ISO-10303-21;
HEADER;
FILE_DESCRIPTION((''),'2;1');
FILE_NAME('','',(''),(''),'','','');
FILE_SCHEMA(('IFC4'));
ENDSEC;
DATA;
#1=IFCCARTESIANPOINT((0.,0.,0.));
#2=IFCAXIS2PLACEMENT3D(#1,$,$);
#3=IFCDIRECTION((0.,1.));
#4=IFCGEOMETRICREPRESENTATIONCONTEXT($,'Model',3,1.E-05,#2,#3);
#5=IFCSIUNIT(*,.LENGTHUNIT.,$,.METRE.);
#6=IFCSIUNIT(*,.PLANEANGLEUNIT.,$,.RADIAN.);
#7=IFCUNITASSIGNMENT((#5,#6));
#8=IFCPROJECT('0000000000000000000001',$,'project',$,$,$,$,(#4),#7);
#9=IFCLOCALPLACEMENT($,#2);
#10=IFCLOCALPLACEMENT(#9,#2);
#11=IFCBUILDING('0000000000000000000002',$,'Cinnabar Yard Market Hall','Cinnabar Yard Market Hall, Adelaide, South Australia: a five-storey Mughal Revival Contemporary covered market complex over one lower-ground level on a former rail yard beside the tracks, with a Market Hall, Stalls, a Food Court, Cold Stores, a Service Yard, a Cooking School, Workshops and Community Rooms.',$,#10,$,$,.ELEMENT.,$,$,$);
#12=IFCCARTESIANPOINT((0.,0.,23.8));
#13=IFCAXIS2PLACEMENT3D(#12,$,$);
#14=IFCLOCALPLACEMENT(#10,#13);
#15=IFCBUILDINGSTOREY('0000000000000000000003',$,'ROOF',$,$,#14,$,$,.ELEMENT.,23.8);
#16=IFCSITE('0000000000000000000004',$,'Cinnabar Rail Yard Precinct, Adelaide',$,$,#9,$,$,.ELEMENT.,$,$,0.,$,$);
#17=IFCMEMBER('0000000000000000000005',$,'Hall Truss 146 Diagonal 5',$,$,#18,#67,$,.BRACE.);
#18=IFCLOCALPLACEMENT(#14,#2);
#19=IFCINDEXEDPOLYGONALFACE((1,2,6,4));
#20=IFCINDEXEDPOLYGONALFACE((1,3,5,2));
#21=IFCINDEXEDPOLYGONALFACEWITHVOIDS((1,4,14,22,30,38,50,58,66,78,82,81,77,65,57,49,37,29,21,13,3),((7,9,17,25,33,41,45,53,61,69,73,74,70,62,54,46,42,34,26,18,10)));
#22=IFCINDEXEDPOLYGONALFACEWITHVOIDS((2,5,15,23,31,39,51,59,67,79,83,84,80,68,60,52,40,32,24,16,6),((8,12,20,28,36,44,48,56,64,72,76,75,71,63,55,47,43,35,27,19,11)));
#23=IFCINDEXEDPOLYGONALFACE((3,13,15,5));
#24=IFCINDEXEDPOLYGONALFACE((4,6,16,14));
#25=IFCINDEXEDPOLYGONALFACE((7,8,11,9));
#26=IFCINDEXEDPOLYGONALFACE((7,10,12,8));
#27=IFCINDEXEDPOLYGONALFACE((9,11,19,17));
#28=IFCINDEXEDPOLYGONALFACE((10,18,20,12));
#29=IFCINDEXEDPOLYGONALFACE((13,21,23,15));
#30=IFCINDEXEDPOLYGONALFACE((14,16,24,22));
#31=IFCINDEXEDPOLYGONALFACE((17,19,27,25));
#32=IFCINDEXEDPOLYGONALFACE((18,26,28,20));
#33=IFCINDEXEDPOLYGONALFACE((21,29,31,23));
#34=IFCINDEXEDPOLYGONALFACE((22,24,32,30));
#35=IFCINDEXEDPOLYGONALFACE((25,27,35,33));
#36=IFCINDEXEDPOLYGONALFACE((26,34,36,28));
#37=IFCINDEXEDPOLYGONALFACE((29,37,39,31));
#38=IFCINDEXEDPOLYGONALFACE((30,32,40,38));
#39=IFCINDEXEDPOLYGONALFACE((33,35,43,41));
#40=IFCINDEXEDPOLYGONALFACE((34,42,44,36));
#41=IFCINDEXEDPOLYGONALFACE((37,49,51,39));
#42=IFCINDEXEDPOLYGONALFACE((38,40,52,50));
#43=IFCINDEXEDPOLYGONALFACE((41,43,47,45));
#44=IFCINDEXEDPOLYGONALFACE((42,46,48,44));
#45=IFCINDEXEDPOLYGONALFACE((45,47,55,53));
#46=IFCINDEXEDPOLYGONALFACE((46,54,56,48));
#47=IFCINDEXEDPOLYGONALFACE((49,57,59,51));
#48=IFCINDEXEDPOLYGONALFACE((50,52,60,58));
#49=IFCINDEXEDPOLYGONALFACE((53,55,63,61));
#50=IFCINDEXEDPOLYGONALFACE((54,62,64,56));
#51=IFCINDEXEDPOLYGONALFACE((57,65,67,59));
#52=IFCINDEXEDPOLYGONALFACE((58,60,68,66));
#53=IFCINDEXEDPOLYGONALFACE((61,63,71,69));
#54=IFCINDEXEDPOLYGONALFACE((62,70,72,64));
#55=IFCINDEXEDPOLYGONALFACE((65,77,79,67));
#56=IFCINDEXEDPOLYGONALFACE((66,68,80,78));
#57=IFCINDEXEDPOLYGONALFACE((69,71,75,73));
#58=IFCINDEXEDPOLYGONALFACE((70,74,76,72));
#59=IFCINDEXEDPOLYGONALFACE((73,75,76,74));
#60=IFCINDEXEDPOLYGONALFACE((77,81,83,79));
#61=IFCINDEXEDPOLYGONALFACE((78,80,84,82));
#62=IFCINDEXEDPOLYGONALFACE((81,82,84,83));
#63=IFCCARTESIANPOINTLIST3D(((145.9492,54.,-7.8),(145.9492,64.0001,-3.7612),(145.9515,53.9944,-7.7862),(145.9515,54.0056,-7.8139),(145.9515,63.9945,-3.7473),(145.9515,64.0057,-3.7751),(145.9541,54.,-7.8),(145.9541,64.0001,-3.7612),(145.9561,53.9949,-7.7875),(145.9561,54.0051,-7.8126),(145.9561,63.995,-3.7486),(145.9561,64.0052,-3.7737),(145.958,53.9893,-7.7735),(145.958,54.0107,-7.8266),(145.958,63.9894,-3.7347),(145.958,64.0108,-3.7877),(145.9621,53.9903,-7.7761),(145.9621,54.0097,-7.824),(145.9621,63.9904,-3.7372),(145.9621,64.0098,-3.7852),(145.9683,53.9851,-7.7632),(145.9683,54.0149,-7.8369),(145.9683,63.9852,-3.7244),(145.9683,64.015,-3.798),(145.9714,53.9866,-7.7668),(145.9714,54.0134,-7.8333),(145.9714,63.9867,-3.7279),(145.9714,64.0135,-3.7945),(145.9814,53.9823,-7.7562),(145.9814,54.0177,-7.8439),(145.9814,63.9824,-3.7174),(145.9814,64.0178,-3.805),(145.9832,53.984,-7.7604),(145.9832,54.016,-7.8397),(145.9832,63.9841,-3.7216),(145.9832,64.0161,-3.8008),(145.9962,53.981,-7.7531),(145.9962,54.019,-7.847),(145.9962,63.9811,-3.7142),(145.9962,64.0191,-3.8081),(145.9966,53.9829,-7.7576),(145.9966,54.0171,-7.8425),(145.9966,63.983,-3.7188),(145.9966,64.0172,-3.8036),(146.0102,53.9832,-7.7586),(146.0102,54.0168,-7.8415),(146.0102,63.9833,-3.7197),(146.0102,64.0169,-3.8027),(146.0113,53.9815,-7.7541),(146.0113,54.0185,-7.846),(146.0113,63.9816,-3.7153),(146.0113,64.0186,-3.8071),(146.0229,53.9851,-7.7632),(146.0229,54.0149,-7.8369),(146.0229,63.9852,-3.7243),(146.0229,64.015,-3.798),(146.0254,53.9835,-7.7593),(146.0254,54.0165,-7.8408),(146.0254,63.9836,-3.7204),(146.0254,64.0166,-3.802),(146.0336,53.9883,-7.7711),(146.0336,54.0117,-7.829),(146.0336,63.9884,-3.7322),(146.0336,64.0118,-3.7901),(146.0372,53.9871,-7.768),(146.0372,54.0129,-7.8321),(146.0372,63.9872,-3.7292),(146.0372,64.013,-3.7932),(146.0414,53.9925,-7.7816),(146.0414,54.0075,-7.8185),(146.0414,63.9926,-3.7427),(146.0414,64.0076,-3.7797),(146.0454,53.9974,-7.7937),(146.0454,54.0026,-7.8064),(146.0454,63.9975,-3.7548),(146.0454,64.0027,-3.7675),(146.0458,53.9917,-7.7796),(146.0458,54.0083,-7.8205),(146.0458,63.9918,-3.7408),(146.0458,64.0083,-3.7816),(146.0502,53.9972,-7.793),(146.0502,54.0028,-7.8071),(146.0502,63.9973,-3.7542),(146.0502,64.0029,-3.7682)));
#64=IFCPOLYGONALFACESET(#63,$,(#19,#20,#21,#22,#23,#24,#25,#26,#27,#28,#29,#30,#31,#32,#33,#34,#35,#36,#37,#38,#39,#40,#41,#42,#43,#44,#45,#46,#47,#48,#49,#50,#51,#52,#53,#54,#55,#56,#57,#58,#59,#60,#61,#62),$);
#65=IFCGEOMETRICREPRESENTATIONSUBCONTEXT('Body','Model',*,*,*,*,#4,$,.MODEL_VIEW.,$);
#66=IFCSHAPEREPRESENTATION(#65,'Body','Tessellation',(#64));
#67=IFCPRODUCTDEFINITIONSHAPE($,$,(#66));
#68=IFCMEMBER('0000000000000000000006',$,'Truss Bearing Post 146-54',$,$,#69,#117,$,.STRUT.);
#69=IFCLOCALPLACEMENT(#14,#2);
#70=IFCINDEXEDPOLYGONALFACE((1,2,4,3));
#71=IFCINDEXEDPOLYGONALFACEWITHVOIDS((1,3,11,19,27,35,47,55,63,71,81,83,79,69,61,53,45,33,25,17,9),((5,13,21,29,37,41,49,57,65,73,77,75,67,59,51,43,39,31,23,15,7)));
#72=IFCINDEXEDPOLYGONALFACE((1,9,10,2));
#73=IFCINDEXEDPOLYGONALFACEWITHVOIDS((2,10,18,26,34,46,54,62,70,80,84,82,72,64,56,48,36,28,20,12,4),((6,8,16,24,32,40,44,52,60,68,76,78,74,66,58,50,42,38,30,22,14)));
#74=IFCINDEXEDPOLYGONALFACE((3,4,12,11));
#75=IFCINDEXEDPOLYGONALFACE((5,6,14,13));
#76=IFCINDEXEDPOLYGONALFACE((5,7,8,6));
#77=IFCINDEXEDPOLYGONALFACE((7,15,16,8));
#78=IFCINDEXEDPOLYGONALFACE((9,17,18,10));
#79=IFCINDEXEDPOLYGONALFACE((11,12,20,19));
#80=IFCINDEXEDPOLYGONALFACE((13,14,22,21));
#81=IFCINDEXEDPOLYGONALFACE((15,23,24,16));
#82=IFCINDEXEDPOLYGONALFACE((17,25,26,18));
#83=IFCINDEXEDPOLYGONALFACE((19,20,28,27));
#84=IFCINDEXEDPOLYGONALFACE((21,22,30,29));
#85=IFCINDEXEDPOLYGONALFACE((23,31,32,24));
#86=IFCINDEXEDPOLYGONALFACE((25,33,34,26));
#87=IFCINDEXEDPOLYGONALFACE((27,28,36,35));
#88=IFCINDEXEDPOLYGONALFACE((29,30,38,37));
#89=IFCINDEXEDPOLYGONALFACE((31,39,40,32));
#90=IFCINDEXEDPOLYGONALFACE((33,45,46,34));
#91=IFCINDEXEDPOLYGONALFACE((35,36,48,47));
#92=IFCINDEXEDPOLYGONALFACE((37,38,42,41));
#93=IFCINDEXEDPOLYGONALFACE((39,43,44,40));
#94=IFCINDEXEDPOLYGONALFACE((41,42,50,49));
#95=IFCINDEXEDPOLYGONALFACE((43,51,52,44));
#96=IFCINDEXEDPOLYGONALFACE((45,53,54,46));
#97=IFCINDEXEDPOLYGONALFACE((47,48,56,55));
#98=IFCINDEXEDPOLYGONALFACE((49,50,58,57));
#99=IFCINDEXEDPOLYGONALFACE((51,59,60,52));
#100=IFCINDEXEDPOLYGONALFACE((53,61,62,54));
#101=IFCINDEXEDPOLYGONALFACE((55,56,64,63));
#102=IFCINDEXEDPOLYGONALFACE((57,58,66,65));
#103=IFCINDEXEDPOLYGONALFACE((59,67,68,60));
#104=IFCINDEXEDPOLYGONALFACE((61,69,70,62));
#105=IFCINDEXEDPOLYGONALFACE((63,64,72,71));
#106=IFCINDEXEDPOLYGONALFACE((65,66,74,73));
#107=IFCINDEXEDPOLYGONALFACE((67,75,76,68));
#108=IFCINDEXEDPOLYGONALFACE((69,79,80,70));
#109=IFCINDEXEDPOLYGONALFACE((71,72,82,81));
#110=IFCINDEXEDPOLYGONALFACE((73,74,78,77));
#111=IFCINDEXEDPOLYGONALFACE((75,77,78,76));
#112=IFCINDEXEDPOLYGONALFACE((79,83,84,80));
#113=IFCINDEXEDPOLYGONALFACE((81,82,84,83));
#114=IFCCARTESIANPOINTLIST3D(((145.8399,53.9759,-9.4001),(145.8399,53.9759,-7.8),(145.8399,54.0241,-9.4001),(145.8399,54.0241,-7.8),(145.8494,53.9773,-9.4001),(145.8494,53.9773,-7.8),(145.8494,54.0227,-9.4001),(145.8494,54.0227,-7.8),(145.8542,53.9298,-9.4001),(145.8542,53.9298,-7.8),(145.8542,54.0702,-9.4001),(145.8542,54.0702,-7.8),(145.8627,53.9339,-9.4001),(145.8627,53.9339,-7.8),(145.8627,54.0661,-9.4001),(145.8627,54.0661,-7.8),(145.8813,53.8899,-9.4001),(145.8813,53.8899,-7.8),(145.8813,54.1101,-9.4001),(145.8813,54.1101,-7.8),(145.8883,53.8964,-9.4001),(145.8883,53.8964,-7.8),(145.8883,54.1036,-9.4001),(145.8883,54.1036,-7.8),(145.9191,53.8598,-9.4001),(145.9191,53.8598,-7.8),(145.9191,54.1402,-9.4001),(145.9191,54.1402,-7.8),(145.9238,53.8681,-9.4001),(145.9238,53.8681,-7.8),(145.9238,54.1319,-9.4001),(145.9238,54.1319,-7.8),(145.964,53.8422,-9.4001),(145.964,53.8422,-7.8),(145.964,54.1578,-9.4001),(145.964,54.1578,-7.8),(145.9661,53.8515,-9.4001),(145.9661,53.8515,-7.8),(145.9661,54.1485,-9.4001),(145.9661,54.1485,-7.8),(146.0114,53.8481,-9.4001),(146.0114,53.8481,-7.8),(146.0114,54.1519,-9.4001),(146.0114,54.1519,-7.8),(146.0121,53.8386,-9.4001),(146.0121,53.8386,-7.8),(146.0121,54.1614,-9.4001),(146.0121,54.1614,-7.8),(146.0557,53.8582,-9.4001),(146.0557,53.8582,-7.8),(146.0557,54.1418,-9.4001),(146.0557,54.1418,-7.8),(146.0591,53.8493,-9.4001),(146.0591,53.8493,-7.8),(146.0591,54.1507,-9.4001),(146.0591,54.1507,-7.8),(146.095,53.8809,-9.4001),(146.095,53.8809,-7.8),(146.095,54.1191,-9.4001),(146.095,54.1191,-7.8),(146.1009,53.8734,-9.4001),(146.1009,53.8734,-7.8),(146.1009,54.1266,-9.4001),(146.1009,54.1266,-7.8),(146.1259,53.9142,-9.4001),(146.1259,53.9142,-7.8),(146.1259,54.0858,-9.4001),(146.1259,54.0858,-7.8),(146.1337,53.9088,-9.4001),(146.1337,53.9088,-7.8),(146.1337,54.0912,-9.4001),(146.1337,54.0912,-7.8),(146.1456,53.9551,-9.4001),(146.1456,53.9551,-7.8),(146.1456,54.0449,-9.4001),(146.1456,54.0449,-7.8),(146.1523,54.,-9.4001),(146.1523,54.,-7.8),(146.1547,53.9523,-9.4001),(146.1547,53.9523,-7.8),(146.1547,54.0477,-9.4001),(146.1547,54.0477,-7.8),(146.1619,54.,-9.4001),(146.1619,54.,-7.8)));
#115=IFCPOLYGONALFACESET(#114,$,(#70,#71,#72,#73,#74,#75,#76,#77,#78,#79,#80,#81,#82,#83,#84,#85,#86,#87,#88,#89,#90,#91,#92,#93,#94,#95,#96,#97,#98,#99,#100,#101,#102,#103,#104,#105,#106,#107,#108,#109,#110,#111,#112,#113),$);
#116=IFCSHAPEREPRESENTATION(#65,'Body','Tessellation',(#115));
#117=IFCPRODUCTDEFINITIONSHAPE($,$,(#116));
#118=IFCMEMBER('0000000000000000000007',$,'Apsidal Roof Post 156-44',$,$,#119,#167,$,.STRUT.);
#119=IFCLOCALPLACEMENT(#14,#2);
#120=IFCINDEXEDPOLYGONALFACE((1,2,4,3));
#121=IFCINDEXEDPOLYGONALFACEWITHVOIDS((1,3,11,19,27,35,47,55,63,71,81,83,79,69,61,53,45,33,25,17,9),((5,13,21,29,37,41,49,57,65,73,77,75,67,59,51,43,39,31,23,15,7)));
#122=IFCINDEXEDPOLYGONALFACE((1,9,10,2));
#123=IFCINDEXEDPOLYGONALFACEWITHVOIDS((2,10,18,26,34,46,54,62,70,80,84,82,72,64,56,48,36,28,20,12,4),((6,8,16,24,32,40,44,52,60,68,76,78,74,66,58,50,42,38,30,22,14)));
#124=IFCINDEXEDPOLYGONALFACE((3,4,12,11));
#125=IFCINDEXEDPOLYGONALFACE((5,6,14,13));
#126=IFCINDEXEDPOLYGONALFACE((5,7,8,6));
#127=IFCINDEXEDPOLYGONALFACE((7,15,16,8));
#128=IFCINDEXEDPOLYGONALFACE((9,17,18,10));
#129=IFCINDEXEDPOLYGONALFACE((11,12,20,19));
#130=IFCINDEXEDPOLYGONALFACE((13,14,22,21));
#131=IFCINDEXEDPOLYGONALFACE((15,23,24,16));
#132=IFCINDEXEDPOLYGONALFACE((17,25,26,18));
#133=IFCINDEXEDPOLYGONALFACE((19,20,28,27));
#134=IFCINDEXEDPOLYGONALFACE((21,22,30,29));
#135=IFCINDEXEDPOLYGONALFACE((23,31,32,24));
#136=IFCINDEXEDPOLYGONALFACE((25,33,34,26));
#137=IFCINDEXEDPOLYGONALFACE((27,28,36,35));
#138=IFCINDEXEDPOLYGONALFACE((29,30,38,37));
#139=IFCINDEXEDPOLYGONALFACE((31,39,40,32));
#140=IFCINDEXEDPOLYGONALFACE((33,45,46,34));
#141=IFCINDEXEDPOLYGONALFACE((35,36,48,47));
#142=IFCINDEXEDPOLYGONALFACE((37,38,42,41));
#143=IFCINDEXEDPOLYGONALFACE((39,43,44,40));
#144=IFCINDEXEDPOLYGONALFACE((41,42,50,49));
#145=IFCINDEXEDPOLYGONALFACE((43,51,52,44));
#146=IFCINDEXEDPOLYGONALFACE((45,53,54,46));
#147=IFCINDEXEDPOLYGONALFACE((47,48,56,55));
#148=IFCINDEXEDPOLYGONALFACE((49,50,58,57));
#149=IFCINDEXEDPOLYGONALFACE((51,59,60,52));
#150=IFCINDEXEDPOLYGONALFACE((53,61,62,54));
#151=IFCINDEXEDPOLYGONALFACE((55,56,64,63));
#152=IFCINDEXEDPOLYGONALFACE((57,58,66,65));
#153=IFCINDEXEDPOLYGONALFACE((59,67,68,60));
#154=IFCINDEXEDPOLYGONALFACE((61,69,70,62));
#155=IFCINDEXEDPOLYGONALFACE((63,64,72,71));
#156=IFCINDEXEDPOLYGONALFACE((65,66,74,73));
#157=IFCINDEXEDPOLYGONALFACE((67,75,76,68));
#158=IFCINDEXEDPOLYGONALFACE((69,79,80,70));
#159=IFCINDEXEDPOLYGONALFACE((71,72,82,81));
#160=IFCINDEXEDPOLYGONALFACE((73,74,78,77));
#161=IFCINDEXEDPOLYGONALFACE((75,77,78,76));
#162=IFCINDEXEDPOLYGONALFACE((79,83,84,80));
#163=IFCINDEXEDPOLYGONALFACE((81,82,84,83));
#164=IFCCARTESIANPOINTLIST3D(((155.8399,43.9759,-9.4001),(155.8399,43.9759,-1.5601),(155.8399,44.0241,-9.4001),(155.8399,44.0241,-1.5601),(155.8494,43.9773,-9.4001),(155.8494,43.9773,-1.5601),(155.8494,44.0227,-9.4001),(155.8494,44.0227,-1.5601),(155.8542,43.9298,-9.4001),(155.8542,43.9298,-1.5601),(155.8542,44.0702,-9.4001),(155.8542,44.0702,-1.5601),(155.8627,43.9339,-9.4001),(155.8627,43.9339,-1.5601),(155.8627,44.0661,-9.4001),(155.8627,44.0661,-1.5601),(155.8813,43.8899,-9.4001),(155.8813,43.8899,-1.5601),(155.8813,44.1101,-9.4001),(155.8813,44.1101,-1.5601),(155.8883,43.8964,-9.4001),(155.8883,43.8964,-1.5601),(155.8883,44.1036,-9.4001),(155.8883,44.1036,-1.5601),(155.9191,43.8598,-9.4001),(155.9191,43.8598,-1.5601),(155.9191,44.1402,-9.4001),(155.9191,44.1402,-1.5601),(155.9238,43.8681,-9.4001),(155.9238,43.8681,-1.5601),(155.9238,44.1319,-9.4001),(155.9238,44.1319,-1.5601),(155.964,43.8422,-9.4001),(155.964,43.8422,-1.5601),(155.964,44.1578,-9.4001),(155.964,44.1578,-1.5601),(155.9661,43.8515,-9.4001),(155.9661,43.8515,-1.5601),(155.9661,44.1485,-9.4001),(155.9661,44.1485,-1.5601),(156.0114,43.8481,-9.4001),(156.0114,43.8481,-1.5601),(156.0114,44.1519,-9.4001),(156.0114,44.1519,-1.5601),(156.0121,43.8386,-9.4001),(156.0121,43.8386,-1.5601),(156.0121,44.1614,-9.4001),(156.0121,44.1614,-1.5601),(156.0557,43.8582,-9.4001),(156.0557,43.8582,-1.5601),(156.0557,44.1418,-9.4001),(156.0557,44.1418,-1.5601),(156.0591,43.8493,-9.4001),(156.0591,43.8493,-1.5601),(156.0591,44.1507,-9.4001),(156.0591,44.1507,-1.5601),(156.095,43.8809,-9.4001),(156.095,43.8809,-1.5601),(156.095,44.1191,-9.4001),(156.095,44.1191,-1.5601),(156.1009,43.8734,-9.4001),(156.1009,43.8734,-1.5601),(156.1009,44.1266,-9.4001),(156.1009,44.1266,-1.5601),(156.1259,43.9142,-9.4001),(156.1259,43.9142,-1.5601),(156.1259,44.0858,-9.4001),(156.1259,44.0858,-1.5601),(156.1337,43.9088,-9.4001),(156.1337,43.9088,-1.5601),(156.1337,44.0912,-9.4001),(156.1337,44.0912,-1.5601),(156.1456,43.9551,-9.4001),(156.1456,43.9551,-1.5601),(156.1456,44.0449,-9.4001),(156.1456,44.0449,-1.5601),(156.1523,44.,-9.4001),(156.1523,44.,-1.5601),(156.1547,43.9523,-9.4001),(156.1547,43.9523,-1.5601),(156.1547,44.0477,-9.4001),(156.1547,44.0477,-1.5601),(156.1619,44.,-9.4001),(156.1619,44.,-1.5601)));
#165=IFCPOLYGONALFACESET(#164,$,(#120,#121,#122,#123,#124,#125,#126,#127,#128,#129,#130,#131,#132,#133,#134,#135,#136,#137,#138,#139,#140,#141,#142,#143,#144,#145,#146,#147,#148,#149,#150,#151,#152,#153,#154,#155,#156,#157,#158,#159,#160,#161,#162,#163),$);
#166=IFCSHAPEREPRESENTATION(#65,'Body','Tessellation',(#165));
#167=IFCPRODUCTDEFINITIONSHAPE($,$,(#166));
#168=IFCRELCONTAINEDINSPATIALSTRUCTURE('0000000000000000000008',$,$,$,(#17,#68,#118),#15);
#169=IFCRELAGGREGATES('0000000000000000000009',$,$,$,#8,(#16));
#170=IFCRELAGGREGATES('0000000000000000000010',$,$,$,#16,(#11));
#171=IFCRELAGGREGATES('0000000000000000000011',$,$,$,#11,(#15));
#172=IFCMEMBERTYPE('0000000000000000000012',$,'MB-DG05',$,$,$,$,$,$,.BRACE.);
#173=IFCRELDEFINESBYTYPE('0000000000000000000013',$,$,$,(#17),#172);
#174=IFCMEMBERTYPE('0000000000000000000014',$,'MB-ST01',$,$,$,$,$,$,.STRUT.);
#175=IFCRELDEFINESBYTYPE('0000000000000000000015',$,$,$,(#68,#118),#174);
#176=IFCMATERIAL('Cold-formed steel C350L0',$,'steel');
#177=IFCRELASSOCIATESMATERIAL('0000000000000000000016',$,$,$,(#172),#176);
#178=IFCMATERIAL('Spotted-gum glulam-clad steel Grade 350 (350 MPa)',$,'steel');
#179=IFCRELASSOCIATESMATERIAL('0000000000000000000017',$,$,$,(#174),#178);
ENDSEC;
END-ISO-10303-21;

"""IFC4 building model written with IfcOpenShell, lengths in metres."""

from ifc_helpers import new_model, si_unit, direction, frame, origin, origin_2d_with_axis, place, context, subcontext, project, spatial, hollow_circle, extrude, material, material_profile, profile_set, type_object, element, save


model = new_model("IFC4")

# Units and contexts
model_context = context("Model", 3, precision=1e-05, world=origin(), true_north=direction((0.0, 1.0)))
body_context = subcontext(model_context, "Body", "Model", "MODEL_VIEW")
ifc_project = project(units=[si_unit("LENGTHUNIT", "METRE"), si_unit("PLANEANGLEUNIT", "RADIAN")], contexts=[model_context])

# Site, building, storey
site_placement = place(None, origin())
site = spatial("IfcSite", under=ifc_project, at=site_placement, Name="Cinnabar Rail Yard Precinct, Adelaide", CompositionType="ELEMENT", RefElevation=0.0)
building_placement = place(site_placement, origin())
building = spatial("IfcBuilding", under=site, at=building_placement, Name="Cinnabar Yard Market Hall", Description="Cinnabar Yard Market Hall, Adelaide, South Australia: a five-storey Mughal Revival Contemporary covered market complex over one lower-ground level on a former rail yard beside the tracks, with a Market Hall, Stalls, a Food Court, Cold Stores, a Service Yard, a Cooking School, Workshops and Community Rooms.", CompositionType="ELEMENT")
storey_placement = place(building_placement, frame((0.0, 0.0, 23.8)))
storey = spatial("IfcBuildingStorey", under=building, at=storey_placement, Name="ROOF", CompositionType="ELEMENT", Elevation=23.8)

# Shared definitions
ifc_material_1 = material(Name="Cold-formed steel C350L0", Category="steel")

# Members
ifc_material_profile_1 = material_profile(ifc_material_1, hollow_circle(Radius=0.0508, WallThickness=0.0049, at=origin_2d_with_axis()), Name="101.6x5.0CHS")
ifc_profile_set_1 = profile_set([ifc_material_profile_1], Name="Cold-formed steel C350L0")
member_type_1 = type_object("IfcMemberType", Name="MB-DG05", PredefinedType="BRACE", material=ifc_profile_set_1)
member_1_placement = place(storey_placement, frame((146.0, 54.0, -7.8), z_axis=(0.0, 0.92723, 0.374491), x_axis=(-1.0, 0.0, 0.0)))
element("IfcMember", 1, at=member_1_placement, inside=storey, type_object=member_type_1, Name="Hall Truss 146 Diagonal 5", PredefinedType="BRACE", context=body_context, shape_type="SweptSolid", body=[
    extrude(hollow_circle(Radius=0.0508, WallThickness=0.0049, at=origin_2d_with_axis()), origin(), (0.0, 0.0, 1.0), 10.7849),
])
ifc_material_2 = material(Name="Spotted-gum glulam-clad steel Grade 350 (350 MPa)", Category="steel")
ifc_material_profile_2 = material_profile(ifc_material_2, hollow_circle(Radius=0.1619, WallThickness=0.0095, at=origin_2d_with_axis()), Name="323.9x9.5CHS")
ifc_profile_set_2 = profile_set([ifc_material_profile_2], Name="Spotted-gum glulam-clad steel Grade 350 (350 MPa)")
member_type_2 = type_object("IfcMemberType", Name="MB-ST01", PredefinedType="STRUT", material=ifc_profile_set_2)
member_2_placement = place(storey_placement, frame((146.0, 54.0, -9.4001), z_axis=(0.0, 0.0, 1.0), x_axis=(1.0, 0.0, 0.0)))
element("IfcMember", 2, at=member_2_placement, inside=storey, type_object=member_type_2, Name="Truss Bearing Post 146-54", PredefinedType="STRUT", context=body_context, shape_type="SweptSolid", body=[
    extrude(hollow_circle(Radius=0.1619, WallThickness=0.0095, at=origin_2d_with_axis()), origin(), (0.0, 0.0, 1.0), 1.6001),
])
member_3_placement = place(storey_placement, frame((156.0, 44.0, -9.4001), z_axis=(0.0, 0.0, 1.0), x_axis=(1.0, 0.0, 0.0)))
element("IfcMember", 3, at=member_3_placement, inside=storey, type_object=member_type_2, Name="Apsidal Roof Post 156-44", PredefinedType="STRUT", context=body_context, shape_type="SweptSolid", body=[
    extrude(hollow_circle(Radius=0.1619, WallThickness=0.0095, at=origin_2d_with_axis()), origin(), (0.0, 0.0, 1.0), 7.8401),
])

save(model, "model.ifc")
